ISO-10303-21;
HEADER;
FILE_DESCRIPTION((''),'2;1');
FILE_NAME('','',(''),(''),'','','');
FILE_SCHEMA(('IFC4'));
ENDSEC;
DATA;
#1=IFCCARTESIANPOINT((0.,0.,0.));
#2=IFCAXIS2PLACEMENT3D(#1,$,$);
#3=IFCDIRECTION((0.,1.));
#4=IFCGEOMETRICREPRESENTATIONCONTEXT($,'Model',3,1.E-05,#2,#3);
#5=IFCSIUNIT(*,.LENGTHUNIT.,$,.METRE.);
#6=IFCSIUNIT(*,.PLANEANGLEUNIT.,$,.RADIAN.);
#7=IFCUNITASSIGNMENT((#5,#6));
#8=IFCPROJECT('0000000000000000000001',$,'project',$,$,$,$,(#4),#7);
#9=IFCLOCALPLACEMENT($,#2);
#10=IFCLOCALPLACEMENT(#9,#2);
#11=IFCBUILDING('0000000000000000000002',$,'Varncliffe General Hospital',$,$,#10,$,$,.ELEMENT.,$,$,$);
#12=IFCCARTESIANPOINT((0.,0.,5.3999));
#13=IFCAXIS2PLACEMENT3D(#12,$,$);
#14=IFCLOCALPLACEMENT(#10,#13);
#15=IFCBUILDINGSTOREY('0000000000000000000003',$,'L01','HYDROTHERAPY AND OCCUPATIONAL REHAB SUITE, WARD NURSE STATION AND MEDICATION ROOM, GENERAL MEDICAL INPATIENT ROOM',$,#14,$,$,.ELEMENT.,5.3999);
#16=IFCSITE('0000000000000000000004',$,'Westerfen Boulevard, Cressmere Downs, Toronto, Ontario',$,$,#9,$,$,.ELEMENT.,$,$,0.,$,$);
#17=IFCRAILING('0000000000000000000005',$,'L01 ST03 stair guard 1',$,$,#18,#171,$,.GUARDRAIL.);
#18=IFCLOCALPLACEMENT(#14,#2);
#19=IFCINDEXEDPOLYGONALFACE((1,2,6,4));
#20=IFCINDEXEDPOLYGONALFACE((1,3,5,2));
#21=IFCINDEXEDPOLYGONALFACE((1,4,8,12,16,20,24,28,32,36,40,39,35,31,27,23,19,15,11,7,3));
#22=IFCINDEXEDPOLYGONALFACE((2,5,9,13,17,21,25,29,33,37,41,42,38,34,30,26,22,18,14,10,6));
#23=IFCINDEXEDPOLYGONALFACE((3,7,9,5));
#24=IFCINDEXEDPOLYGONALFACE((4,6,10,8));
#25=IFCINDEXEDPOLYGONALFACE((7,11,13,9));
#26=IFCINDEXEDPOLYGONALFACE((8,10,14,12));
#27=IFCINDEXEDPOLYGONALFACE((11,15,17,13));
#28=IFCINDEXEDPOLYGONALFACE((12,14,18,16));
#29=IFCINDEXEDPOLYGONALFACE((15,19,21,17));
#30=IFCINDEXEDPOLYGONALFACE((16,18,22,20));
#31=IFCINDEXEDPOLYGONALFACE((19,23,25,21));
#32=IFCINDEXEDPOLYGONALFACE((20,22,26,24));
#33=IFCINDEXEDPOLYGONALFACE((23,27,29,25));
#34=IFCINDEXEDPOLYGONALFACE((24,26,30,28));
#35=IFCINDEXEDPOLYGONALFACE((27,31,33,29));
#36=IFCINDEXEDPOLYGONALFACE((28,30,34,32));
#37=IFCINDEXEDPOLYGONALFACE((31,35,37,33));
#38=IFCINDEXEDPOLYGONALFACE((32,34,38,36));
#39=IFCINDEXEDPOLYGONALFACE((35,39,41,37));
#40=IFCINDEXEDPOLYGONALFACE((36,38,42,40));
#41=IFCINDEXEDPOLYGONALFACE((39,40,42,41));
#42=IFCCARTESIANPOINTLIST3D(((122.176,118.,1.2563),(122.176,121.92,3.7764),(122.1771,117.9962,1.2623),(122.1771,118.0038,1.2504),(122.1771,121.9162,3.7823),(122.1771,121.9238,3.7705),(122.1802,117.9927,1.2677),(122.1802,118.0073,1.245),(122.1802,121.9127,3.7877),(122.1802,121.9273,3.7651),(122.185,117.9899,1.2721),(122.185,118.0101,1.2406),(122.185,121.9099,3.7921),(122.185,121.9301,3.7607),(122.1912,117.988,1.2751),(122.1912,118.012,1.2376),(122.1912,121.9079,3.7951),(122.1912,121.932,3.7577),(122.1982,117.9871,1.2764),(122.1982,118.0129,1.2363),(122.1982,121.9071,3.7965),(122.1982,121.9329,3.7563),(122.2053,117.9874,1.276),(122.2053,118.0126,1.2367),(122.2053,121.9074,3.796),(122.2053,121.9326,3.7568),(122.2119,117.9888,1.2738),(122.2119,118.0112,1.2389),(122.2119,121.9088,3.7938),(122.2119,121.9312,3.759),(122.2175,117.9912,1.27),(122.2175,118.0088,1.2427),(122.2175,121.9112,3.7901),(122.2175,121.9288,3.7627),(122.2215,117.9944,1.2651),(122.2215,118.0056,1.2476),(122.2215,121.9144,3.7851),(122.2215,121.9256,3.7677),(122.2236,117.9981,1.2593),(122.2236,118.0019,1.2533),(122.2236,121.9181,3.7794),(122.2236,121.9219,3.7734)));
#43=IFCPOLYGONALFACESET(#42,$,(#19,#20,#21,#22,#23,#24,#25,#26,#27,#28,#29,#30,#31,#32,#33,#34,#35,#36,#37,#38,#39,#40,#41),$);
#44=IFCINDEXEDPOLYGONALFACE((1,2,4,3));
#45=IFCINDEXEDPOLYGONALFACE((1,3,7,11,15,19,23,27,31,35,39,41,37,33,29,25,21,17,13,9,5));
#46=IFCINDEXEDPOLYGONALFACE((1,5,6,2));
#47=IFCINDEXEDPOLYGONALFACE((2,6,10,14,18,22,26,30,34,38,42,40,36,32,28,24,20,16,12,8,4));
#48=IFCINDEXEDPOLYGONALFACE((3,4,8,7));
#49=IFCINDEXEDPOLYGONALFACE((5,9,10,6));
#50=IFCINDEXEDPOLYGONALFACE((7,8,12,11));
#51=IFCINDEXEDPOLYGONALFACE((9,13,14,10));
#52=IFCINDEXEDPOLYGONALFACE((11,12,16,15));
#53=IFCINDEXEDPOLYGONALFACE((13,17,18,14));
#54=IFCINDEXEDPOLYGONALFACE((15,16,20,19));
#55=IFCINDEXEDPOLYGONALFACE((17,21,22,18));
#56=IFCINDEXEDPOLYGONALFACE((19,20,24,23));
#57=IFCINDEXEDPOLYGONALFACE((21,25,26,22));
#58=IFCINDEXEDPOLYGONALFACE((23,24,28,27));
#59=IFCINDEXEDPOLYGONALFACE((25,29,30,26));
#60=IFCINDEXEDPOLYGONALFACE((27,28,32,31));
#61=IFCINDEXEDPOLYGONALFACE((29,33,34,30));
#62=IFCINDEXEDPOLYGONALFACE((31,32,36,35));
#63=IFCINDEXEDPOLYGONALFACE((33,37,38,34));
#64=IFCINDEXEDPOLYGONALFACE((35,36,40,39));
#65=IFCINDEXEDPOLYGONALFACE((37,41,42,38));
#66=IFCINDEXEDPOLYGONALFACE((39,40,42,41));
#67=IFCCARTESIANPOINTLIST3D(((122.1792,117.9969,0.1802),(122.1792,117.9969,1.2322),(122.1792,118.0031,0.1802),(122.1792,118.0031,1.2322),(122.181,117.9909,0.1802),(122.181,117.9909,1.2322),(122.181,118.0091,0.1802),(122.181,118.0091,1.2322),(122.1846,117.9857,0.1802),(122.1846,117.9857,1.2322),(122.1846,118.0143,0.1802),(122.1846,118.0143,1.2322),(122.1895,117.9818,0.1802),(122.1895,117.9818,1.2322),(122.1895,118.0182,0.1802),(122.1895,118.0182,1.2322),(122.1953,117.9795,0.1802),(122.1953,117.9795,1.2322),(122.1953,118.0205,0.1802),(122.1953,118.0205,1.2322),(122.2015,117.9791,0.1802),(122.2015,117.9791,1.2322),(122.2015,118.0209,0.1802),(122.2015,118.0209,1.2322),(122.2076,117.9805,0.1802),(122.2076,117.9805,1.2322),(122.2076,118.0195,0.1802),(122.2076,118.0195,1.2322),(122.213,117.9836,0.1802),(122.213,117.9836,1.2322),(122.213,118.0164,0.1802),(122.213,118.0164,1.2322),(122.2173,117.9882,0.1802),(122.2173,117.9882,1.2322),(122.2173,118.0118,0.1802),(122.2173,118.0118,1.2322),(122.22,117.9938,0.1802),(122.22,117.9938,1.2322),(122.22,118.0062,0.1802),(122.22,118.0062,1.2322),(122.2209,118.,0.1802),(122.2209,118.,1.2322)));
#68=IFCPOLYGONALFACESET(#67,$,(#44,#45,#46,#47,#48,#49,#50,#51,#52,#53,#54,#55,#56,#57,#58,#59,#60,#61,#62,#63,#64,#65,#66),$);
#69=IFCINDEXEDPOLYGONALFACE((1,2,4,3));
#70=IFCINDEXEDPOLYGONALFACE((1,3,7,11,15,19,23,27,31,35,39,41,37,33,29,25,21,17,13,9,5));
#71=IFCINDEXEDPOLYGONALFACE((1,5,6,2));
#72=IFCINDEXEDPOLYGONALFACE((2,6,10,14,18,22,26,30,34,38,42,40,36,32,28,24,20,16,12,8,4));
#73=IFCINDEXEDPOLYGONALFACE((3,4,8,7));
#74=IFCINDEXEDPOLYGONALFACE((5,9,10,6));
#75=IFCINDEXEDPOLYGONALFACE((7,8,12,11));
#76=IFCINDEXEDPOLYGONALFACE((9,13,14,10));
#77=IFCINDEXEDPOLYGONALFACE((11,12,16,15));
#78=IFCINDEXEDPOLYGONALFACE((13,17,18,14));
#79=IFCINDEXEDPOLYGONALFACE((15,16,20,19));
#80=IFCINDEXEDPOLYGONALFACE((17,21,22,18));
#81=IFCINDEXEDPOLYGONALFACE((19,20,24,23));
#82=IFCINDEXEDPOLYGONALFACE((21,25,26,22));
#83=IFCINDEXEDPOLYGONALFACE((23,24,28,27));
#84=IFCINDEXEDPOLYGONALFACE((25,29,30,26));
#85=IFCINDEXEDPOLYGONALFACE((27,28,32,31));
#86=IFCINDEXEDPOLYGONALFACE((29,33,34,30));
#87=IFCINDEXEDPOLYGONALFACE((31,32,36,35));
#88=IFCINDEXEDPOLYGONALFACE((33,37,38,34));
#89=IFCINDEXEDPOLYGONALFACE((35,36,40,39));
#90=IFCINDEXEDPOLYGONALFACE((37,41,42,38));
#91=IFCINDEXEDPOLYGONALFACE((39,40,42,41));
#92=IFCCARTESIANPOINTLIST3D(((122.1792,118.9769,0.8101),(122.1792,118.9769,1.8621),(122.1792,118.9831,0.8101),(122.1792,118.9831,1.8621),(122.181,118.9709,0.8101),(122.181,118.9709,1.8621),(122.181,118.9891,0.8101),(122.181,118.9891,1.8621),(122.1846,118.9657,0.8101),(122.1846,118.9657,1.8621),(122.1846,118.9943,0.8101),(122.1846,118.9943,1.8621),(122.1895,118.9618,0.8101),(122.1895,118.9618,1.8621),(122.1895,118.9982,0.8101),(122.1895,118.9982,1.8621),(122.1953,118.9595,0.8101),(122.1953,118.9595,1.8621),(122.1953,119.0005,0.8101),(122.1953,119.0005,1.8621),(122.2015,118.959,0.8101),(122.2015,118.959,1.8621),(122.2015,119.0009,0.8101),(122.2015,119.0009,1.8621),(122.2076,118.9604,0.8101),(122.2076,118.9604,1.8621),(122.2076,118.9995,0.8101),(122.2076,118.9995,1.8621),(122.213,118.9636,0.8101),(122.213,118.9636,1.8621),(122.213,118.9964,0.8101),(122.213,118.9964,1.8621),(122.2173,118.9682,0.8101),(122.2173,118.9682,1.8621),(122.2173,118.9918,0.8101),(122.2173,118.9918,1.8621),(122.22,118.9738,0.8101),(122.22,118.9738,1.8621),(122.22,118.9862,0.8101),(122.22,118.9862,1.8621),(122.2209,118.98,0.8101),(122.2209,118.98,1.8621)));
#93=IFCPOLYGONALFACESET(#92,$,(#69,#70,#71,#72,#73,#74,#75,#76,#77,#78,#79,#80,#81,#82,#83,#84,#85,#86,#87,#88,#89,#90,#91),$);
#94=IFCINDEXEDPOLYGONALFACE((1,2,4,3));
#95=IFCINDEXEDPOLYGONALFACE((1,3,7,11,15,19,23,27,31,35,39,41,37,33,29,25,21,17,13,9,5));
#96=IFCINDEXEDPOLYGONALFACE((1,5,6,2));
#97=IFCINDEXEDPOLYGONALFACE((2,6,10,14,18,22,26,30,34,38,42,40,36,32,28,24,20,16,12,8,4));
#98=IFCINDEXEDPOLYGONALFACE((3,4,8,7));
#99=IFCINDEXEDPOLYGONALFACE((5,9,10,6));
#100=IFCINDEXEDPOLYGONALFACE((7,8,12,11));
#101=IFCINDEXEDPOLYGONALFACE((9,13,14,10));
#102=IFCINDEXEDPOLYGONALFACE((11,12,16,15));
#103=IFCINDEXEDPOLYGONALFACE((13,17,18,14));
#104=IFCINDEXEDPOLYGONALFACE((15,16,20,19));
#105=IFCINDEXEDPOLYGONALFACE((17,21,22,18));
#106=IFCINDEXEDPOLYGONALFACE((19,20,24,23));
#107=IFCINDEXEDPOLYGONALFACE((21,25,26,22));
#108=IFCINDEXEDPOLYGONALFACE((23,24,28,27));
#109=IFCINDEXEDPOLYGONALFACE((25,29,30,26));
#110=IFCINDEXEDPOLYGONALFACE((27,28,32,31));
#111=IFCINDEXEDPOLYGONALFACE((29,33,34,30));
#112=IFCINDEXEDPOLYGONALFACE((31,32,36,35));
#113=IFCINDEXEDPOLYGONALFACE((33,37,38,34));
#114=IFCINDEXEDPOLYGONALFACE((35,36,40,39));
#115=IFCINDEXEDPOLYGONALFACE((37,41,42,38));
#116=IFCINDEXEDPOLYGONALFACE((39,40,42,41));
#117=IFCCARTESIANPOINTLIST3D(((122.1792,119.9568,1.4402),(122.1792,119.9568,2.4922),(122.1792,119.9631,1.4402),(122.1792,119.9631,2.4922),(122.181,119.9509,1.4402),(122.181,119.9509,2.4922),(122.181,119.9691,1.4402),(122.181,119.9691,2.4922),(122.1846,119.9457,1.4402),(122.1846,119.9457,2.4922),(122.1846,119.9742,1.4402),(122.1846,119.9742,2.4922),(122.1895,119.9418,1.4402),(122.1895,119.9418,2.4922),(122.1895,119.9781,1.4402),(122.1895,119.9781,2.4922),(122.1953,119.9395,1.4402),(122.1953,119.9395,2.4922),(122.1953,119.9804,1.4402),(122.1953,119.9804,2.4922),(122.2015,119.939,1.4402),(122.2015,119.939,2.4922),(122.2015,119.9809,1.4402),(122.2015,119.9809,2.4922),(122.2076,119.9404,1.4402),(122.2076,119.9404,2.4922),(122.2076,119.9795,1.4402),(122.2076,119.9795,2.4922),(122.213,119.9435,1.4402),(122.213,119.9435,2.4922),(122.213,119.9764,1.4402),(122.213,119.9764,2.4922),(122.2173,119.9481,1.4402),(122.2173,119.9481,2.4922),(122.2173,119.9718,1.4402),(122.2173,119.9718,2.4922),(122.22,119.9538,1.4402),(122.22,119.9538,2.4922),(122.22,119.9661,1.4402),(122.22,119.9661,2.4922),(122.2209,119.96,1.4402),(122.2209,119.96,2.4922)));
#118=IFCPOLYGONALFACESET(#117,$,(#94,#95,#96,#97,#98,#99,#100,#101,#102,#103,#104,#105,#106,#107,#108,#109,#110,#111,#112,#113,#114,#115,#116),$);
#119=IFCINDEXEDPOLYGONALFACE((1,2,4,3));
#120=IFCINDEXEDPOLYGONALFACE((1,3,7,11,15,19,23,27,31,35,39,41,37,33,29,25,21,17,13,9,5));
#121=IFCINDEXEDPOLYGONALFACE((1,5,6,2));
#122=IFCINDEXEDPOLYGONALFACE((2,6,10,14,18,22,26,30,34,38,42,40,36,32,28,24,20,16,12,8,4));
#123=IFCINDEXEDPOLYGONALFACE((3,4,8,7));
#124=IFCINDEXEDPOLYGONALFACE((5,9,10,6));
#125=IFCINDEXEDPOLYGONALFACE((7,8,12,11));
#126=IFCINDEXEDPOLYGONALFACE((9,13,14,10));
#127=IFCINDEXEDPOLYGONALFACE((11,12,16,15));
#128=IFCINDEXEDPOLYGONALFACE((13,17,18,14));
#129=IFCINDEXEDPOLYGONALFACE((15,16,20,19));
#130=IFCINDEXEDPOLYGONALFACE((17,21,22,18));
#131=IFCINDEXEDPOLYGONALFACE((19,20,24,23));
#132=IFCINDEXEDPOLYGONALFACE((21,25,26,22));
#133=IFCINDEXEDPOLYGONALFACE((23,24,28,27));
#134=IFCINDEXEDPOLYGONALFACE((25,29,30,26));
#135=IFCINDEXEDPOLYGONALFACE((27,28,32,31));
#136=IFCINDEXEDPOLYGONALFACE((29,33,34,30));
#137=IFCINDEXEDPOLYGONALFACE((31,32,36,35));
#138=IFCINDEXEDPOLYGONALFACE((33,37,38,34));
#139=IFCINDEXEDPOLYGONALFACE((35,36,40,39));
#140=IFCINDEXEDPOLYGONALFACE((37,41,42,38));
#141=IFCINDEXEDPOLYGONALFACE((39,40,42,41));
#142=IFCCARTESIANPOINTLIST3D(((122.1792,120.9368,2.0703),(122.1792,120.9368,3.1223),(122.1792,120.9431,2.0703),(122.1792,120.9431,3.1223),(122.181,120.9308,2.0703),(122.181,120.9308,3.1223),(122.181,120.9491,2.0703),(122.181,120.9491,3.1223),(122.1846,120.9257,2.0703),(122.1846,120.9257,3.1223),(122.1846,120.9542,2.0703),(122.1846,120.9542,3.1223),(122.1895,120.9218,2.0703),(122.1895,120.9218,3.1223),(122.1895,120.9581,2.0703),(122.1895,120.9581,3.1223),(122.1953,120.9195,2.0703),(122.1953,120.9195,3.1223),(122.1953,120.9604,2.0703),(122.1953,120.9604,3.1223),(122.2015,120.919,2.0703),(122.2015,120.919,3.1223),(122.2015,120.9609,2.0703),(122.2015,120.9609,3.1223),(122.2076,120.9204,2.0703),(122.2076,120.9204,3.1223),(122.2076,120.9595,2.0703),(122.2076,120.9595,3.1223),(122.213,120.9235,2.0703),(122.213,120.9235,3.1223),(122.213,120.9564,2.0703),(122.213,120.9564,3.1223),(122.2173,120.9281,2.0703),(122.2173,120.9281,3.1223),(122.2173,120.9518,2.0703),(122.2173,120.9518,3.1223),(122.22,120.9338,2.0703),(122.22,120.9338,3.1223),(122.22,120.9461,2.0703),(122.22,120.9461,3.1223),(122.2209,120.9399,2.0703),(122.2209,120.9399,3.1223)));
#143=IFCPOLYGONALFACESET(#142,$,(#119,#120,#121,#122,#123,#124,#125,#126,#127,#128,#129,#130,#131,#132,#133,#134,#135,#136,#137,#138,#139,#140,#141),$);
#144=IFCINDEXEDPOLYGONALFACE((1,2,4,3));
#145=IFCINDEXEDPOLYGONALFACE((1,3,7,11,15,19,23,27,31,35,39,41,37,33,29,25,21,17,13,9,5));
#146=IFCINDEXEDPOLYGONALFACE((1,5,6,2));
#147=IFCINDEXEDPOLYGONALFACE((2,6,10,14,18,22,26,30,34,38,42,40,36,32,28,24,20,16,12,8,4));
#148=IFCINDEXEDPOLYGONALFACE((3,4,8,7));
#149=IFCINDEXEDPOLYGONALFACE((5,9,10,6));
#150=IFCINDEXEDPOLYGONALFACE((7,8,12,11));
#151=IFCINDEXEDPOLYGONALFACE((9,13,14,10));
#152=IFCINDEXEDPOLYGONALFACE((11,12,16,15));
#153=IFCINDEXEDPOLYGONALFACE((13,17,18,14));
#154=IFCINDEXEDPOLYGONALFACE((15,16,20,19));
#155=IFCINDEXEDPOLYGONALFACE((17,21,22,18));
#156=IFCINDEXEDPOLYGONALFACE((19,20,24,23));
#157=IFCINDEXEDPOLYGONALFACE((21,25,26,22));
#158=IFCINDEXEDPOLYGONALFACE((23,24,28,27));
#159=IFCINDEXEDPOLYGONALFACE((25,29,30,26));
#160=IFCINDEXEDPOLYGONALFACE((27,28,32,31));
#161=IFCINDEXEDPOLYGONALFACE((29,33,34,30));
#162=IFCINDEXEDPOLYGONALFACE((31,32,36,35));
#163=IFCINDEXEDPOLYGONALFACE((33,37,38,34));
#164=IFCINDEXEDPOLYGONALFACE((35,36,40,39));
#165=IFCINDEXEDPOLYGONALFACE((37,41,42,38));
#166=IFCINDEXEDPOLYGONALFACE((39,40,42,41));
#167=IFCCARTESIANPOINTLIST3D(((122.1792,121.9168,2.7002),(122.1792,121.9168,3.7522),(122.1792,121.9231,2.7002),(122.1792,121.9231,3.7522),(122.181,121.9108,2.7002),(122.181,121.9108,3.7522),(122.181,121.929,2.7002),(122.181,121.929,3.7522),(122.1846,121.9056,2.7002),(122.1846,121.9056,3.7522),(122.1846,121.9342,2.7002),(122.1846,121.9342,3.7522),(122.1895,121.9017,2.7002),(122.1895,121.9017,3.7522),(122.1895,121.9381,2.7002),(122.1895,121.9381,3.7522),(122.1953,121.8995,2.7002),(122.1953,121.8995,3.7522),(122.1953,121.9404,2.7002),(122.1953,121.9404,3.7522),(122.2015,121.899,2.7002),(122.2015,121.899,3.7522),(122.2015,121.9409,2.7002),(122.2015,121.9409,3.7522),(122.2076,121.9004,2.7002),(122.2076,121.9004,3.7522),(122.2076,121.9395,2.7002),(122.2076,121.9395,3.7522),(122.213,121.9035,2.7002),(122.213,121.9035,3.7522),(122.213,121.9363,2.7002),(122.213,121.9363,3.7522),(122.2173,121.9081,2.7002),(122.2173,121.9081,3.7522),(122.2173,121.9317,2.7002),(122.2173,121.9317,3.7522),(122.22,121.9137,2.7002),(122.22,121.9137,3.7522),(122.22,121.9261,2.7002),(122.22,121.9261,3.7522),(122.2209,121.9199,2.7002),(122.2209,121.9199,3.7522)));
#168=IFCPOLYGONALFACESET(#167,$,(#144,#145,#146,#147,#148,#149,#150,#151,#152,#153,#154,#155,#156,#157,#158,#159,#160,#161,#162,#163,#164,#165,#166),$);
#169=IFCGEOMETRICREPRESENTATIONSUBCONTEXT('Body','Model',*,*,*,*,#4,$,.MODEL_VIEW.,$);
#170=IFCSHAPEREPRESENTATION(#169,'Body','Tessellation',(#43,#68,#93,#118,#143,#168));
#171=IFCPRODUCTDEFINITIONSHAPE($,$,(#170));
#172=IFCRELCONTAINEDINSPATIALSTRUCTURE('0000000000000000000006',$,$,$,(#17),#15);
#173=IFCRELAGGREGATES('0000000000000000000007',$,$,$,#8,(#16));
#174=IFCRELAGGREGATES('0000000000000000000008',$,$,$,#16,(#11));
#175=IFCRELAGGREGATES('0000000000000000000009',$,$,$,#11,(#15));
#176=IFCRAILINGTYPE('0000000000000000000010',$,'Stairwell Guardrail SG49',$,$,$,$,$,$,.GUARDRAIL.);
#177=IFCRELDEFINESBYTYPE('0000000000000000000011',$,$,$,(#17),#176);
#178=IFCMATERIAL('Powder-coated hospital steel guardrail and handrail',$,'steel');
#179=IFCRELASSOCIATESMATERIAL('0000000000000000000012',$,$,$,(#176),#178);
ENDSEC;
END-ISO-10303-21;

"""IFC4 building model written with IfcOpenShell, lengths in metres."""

from ifc_helpers import new_model, si_unit, direction, frame, origin, origin_2d, place, context, subcontext, project, spatial, circle, extrude, material, type_object, element, save


model = new_model("IFC4")

# Units and contexts
model_context = context("Model", 3, precision=1e-05, world=origin(), true_north=direction((0.0, 1.0)))
body_context = subcontext(model_context, "Body", "Model", "MODEL_VIEW")
ifc_project = project(units=[si_unit("LENGTHUNIT", "METRE"), si_unit("PLANEANGLEUNIT", "RADIAN")], contexts=[model_context])

# Site, building, storey
site_placement = place(None, origin())
site = spatial("IfcSite", under=ifc_project, at=site_placement, Name="Westerfen Boulevard, Cressmere Downs, Toronto, Ontario", CompositionType="ELEMENT", RefElevation=0.0)
building_placement = place(site_placement, origin())
building = spatial("IfcBuilding", under=site, at=building_placement, Name="Varncliffe General Hospital", CompositionType="ELEMENT")
storey_placement = place(building_placement, frame((0.0, 0.0, 5.3999)))
storey = spatial("IfcBuildingStorey", under=building, at=storey_placement, Name="L01", Description="HYDROTHERAPY AND OCCUPATIONAL REHAB SUITE, WARD NURSE STATION AND MEDICATION ROOM, GENERAL MEDICAL INPATIENT ROOM", CompositionType="ELEMENT", Elevation=5.3999)

# Railing
ifc_material_1 = material(Name="Powder-coated hospital steel guardrail and handrail", Category="steel")
railing_type_1 = type_object("IfcRailingType", Name="Stairwell Guardrail SG49", PredefinedType="GUARDRAIL", material=ifc_material_1)
railing_1_placement = place(storey_placement, frame((122.2, 118.0, 0.1802)))
element("IfcRailing", 1, at=railing_1_placement, inside=storey, type_object=railing_type_1, Name="L01 ST03 stair guard 1", PredefinedType="GUARDRAIL", context=body_context, shape_type="SweptSolid", body=[
    extrude(circle(Radius=0.0239, at=origin_2d()), frame((0.0, 0.0, 1.0762), z_axis=(0.0, 0.841172, 0.540768), x_axis=(-1.0, 0.0, 0.0)), (0.0, 0.0, 1.0), 4.6602),
    extrude(circle(Radius=0.021, at=origin_2d()), origin(), (0.0, 0.0, 1.0), 1.052),
    extrude(circle(Radius=0.021, at=origin_2d()), frame((0.0, 0.98, 0.6299)), (0.0, 0.0, 1.0), 1.052),
    extrude(circle(Radius=0.021, at=origin_2d()), frame((0.0, 1.96, 1.26)), (0.0, 0.0, 1.0), 1.052),
    extrude(circle(Radius=0.021, at=origin_2d()), frame((0.0, 2.9399, 1.8901)), (0.0, 0.0, 1.0), 1.052),
    extrude(circle(Radius=0.021, at=origin_2d()), frame((0.0, 3.9199, 2.52)), (0.0, 0.0, 1.0), 1.052),
])

save(model, "model.ifc")
